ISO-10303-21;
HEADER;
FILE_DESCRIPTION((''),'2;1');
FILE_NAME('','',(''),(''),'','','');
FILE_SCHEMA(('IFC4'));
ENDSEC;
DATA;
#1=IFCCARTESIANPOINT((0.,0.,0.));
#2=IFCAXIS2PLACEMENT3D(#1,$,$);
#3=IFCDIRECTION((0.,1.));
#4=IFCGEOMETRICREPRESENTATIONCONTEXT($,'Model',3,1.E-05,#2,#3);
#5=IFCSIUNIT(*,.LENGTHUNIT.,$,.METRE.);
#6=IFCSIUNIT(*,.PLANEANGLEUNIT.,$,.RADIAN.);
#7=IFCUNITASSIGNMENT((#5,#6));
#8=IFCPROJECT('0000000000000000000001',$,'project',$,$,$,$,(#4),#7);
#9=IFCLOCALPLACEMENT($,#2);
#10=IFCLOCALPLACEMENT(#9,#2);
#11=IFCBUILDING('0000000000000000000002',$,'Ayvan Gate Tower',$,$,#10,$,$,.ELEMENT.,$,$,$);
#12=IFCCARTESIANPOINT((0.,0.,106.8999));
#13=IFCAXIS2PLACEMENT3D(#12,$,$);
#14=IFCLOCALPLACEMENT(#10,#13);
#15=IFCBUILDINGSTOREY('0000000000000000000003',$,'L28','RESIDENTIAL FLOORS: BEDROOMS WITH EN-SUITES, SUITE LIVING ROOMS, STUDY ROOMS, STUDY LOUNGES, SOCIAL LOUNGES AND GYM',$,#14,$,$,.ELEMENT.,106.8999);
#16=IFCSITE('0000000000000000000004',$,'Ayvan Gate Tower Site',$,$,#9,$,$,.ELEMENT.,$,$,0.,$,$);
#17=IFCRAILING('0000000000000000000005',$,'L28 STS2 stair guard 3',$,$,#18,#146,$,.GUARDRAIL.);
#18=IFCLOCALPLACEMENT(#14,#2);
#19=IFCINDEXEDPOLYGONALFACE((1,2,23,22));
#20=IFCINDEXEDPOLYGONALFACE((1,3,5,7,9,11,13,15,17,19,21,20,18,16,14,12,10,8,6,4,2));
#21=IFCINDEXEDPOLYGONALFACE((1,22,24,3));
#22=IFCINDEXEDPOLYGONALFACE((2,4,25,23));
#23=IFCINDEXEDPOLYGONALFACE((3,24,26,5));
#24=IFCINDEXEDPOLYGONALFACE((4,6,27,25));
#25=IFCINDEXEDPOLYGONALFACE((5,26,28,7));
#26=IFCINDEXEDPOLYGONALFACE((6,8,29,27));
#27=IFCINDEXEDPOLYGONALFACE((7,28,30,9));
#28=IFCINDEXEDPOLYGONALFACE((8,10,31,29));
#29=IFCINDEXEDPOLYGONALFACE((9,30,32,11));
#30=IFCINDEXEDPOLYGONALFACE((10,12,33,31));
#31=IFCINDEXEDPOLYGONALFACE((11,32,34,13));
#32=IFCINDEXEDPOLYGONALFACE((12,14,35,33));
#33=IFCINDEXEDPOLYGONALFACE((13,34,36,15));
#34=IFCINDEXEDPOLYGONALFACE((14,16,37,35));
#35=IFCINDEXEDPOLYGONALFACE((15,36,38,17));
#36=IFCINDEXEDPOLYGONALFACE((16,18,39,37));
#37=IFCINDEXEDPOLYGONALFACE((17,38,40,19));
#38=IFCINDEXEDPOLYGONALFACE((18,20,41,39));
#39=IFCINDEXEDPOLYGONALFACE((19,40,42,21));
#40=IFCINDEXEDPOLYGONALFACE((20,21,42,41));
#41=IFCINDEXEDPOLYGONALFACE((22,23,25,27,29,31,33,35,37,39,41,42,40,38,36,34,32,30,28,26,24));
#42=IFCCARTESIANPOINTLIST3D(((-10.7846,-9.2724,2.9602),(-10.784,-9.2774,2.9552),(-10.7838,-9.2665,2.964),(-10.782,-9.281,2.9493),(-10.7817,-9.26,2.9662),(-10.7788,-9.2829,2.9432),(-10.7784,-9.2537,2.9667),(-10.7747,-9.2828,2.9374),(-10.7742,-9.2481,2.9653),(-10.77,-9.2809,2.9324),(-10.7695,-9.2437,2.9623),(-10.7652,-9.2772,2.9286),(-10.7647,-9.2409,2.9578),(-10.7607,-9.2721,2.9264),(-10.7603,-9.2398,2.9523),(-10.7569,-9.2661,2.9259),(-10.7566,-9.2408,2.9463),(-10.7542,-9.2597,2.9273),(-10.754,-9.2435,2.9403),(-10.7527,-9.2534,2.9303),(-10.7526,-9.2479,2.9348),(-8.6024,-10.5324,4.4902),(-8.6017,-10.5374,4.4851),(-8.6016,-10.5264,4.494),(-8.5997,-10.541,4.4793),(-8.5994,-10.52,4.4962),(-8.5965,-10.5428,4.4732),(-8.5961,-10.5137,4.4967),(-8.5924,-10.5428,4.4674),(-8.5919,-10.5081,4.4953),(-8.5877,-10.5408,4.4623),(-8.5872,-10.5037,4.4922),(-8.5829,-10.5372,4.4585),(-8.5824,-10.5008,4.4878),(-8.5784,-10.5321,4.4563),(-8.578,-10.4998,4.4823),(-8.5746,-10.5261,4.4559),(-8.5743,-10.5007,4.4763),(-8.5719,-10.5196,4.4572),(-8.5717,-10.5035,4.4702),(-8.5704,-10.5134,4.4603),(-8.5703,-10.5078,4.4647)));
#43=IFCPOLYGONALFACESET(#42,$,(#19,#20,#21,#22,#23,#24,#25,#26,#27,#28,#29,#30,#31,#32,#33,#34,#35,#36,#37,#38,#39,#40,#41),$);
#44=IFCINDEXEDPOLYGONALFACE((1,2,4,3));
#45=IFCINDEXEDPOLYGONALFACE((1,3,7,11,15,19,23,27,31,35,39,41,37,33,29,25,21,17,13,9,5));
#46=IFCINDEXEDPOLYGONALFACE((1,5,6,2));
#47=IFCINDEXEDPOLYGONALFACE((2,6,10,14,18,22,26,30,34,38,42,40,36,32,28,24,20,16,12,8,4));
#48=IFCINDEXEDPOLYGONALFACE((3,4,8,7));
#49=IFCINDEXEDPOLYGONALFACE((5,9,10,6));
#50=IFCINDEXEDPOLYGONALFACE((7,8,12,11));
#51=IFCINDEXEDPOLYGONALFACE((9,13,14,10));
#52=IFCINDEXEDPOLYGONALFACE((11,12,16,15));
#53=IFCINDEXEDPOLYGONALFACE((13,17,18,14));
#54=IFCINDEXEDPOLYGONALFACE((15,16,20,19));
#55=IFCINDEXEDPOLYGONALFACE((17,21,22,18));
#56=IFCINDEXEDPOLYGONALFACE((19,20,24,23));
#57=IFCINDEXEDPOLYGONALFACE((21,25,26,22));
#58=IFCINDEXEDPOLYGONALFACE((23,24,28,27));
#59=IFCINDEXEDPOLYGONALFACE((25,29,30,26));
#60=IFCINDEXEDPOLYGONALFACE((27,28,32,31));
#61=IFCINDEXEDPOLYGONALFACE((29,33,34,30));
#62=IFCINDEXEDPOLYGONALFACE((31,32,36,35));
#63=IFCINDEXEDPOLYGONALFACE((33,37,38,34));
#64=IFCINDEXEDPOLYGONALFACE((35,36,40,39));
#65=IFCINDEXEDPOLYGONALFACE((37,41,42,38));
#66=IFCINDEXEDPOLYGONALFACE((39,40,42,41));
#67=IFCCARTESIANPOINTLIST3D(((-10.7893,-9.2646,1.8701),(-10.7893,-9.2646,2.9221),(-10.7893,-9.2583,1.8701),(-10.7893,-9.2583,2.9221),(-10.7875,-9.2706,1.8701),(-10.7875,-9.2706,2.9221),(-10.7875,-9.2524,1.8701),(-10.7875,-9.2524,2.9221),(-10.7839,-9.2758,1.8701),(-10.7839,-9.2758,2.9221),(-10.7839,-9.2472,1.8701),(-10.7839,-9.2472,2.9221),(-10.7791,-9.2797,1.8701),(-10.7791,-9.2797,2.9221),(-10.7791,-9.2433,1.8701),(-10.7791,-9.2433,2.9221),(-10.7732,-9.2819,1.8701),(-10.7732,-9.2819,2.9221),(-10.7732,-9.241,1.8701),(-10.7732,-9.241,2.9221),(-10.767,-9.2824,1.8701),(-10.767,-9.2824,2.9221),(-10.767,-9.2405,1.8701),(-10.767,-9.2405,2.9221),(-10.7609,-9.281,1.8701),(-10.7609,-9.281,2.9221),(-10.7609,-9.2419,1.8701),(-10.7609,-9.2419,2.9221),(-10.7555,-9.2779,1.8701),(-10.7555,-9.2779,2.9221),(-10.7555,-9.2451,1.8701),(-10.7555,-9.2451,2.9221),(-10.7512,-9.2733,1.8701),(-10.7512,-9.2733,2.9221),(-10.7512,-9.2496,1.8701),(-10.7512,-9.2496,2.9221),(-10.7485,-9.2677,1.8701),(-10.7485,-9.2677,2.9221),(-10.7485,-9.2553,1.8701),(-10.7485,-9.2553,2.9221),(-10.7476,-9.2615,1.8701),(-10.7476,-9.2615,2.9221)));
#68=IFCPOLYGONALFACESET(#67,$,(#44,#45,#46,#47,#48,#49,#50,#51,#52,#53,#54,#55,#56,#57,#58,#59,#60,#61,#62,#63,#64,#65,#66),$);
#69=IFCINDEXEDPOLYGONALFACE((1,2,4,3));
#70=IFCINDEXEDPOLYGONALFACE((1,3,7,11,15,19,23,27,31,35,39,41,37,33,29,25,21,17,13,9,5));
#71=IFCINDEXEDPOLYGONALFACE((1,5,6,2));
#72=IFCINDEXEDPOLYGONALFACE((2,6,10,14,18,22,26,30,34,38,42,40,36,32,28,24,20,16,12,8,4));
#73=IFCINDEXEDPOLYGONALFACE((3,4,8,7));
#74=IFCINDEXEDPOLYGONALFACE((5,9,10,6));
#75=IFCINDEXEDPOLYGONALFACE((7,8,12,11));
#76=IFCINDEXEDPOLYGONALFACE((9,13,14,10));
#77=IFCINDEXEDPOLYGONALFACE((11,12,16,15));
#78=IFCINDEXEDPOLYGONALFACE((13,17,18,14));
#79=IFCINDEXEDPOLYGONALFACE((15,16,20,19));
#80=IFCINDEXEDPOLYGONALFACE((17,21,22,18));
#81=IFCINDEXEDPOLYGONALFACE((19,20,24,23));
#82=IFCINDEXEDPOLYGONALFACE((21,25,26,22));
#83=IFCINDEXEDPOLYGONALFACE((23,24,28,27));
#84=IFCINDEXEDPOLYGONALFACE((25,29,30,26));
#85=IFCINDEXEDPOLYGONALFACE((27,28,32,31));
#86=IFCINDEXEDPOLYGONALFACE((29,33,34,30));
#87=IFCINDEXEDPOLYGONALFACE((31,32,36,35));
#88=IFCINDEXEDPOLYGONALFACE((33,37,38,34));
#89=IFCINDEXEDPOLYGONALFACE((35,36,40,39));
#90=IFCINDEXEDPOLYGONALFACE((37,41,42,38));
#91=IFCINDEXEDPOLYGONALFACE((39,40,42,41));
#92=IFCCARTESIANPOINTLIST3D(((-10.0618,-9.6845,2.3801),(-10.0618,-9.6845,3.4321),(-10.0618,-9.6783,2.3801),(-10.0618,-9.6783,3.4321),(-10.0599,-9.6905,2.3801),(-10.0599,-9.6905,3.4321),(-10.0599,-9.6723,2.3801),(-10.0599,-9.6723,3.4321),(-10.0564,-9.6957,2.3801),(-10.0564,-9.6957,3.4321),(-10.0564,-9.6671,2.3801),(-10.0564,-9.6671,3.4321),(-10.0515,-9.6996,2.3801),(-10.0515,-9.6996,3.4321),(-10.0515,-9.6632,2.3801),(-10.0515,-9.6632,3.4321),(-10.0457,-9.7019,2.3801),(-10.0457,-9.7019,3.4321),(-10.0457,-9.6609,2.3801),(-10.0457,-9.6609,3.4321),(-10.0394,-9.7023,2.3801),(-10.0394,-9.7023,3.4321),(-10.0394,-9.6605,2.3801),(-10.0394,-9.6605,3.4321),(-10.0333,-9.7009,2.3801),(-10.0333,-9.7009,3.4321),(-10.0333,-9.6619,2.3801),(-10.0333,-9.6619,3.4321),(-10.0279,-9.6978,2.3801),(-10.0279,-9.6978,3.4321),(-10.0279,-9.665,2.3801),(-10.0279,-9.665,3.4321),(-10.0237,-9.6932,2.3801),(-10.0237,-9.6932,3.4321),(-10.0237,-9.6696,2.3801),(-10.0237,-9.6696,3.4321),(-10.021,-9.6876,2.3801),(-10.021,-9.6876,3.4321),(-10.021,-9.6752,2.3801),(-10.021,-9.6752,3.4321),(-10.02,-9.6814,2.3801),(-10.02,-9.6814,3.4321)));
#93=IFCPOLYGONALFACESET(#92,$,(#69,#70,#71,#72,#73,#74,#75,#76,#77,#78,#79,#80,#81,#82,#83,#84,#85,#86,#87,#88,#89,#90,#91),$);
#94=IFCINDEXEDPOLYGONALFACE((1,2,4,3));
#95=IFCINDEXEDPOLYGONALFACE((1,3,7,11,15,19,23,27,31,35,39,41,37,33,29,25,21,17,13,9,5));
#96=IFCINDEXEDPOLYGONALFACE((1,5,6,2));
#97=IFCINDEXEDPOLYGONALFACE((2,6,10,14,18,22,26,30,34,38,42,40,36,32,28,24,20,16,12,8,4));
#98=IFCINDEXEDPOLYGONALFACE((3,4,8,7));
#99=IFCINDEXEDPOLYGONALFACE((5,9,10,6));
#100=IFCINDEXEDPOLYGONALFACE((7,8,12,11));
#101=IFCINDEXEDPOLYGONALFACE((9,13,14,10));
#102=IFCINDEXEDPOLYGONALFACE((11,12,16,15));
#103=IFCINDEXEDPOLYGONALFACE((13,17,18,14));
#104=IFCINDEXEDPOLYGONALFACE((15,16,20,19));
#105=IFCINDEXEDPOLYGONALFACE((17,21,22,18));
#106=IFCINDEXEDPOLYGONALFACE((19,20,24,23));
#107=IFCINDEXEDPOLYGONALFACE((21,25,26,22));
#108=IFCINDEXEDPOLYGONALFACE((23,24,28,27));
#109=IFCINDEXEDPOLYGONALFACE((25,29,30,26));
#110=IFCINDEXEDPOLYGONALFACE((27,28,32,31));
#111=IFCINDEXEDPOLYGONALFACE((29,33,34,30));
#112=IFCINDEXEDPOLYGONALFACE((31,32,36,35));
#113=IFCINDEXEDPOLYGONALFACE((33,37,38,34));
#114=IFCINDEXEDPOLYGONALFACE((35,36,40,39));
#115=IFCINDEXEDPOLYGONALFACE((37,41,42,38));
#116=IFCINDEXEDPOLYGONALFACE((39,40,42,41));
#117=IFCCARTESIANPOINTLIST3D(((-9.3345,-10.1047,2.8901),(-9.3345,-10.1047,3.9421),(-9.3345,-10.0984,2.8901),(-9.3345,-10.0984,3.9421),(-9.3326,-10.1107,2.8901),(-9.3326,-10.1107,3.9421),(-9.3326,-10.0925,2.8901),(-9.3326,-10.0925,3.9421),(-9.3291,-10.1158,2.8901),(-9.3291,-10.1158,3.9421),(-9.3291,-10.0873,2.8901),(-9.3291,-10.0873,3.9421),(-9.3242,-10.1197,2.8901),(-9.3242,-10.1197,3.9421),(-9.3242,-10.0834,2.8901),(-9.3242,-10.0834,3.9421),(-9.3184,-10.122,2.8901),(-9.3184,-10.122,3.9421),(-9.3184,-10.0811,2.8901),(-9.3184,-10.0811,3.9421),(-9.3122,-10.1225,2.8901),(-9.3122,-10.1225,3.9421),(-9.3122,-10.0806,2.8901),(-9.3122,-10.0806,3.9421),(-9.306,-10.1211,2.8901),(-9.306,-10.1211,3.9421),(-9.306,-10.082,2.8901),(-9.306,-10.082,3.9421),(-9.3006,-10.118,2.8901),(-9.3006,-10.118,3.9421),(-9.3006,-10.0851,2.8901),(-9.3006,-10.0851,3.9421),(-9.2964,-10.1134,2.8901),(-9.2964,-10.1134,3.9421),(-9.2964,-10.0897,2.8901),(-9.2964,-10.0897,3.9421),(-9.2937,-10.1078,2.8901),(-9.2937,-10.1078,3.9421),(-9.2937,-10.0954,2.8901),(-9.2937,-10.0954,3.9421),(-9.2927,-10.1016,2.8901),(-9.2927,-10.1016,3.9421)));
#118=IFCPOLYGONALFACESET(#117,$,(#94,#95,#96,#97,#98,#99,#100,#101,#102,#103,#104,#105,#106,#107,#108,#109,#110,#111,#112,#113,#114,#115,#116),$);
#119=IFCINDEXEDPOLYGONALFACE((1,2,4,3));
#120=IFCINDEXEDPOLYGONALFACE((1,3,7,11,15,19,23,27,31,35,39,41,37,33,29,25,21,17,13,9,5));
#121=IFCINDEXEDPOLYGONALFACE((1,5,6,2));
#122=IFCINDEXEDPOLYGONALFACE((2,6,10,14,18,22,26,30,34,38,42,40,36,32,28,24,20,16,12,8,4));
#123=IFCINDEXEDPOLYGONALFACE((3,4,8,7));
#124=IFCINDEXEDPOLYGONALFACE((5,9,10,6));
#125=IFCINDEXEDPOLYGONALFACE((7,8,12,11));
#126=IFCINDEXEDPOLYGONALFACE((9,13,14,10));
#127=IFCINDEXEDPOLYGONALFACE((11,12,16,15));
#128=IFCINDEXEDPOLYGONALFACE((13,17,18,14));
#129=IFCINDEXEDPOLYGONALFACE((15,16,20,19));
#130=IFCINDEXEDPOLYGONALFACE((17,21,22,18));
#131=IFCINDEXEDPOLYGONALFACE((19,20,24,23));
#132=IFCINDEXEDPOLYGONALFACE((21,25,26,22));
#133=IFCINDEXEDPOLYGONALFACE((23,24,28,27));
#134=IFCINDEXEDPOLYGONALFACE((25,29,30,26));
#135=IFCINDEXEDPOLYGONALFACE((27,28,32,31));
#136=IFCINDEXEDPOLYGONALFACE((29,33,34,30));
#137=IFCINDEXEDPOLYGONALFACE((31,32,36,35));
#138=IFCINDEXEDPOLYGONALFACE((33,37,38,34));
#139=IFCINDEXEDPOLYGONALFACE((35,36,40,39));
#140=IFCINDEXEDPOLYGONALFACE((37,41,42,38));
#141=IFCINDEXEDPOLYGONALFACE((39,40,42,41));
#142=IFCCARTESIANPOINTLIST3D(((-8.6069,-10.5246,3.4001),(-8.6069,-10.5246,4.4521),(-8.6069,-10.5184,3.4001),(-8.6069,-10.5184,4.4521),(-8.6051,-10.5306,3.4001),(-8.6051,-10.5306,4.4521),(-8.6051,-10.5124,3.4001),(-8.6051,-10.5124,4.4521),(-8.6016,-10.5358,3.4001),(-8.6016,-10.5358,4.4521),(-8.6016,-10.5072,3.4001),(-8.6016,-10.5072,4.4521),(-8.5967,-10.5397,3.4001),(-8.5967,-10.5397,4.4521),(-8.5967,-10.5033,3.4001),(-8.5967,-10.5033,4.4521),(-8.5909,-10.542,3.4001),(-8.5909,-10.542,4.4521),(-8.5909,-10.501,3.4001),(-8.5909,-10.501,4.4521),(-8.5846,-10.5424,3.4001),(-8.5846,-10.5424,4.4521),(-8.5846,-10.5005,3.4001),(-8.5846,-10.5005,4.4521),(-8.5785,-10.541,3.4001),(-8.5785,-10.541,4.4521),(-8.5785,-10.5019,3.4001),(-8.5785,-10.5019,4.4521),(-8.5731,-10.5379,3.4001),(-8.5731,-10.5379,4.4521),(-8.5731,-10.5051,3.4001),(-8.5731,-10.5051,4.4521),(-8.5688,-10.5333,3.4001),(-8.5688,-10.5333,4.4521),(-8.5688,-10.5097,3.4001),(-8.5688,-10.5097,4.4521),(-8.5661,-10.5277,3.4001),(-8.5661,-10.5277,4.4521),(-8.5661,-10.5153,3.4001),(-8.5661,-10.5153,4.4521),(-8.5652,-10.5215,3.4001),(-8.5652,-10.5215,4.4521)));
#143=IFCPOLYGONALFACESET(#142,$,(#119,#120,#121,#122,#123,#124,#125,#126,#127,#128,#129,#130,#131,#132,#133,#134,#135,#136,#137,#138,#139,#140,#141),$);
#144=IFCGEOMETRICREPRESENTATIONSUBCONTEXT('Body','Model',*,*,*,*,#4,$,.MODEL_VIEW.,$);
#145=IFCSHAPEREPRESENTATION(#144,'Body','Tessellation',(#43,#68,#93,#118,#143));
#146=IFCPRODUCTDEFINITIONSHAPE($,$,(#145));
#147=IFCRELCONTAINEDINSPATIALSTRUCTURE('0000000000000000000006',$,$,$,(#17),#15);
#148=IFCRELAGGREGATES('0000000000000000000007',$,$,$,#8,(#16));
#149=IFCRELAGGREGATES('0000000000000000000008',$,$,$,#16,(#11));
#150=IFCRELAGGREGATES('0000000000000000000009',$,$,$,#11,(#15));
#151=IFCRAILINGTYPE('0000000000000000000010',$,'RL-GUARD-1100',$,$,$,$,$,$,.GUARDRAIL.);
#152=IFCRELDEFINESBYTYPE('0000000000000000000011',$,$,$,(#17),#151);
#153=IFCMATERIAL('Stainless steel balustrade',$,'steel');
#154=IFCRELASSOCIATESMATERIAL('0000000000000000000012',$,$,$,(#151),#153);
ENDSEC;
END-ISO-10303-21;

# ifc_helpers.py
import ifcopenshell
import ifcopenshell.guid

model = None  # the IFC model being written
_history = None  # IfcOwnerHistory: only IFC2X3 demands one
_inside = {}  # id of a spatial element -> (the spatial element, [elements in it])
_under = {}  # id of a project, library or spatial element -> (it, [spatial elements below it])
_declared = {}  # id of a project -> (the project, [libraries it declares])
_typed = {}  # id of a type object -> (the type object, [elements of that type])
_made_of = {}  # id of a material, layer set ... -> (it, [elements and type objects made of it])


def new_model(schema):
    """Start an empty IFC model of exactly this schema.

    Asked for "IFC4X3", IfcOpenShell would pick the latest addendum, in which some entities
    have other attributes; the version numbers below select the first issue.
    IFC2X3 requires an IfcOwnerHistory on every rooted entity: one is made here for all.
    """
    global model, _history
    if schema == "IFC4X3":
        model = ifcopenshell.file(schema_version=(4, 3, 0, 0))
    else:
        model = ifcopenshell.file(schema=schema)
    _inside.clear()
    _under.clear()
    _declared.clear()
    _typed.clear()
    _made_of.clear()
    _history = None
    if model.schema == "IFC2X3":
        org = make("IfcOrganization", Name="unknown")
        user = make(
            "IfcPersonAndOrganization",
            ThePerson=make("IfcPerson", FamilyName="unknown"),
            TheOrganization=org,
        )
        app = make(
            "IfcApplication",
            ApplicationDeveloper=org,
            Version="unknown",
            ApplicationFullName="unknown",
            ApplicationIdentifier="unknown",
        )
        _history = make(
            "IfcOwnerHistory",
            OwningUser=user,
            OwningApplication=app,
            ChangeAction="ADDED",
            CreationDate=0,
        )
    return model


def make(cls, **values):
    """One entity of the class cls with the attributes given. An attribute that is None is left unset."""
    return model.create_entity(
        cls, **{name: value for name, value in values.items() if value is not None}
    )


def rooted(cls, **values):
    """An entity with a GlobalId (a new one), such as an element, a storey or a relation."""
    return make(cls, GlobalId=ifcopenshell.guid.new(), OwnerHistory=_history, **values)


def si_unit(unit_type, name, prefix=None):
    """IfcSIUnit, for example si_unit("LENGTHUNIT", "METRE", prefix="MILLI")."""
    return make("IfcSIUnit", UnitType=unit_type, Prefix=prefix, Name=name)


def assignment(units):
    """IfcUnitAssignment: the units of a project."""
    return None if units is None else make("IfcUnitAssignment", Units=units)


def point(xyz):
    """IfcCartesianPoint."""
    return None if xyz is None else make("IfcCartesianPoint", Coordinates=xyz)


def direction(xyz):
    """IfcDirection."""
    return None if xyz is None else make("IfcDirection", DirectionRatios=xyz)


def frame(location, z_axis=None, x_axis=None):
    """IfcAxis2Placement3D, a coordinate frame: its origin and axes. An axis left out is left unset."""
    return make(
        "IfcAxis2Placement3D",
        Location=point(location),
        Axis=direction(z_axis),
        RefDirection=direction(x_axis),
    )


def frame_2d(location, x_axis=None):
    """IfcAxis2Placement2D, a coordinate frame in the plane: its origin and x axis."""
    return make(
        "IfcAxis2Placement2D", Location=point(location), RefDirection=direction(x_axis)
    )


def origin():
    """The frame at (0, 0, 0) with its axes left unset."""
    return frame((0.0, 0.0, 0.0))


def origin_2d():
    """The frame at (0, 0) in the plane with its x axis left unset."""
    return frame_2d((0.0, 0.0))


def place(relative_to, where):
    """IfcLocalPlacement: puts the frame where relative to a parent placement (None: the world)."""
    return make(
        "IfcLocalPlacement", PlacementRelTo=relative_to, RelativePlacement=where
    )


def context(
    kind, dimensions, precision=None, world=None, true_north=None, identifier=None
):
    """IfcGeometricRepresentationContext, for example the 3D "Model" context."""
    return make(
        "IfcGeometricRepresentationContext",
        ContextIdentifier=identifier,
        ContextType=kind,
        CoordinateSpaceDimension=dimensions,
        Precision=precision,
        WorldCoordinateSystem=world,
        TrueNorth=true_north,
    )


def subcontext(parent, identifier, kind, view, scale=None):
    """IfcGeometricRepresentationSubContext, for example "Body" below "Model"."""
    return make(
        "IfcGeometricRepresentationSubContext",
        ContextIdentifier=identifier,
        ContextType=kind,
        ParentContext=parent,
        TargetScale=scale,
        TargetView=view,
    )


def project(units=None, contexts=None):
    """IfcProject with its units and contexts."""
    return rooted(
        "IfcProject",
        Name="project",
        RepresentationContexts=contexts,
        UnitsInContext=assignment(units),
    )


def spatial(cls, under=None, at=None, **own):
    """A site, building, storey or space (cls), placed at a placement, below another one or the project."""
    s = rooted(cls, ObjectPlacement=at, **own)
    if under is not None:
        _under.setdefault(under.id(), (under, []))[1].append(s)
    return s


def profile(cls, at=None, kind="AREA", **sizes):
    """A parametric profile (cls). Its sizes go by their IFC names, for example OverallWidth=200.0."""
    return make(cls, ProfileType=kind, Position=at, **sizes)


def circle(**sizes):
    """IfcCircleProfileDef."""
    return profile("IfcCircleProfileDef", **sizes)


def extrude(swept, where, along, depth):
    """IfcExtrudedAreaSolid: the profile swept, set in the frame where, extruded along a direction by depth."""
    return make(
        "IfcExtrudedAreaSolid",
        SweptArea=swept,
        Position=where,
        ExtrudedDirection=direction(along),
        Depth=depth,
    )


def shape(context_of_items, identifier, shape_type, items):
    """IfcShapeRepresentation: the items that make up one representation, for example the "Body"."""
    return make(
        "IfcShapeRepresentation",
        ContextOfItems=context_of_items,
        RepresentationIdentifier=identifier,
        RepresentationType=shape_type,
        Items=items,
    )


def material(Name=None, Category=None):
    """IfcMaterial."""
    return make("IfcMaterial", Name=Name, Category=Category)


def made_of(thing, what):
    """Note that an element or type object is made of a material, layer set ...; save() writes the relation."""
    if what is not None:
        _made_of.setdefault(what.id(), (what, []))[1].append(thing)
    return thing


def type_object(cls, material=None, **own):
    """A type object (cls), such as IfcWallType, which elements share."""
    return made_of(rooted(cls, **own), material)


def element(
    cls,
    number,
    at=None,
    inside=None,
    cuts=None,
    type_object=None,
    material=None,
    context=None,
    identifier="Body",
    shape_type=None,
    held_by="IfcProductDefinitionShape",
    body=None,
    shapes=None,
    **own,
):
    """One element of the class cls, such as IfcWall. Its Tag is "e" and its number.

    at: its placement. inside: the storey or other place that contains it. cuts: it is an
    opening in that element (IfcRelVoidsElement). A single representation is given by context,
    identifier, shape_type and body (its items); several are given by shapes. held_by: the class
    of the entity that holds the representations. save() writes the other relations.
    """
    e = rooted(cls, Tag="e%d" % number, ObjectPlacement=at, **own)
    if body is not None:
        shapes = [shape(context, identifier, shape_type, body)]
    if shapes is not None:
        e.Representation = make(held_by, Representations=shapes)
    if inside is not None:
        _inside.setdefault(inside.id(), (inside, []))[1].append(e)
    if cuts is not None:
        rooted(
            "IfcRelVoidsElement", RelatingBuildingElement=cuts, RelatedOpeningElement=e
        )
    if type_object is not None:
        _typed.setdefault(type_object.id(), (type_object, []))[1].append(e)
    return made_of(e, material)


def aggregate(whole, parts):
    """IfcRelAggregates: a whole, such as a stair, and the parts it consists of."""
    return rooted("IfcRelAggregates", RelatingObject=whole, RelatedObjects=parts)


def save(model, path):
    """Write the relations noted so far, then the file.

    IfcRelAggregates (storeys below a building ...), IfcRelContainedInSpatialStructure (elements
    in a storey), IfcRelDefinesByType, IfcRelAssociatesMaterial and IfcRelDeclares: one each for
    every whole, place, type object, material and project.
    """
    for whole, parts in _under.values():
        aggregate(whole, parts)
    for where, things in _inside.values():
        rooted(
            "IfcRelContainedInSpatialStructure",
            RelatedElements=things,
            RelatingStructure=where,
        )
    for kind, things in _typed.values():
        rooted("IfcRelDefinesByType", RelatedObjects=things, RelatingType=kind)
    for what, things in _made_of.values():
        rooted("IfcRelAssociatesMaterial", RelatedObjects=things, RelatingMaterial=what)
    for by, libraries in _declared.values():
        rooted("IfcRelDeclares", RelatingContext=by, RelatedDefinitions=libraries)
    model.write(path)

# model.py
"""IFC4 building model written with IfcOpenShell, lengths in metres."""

from ifc_helpers import new_model, si_unit, direction, frame, origin, origin_2d, place, context, subcontext, project, spatial, circle, extrude, material, type_object, element, save


model = new_model("IFC4")

# Units and contexts
model_context = context("Model", 3, precision=1e-05, world=origin(), true_north=direction((0.0, 1.0)))
body_context = subcontext(model_context, "Body", "Model", "MODEL_VIEW")
ifc_project = project(units=[si_unit("LENGTHUNIT", "METRE"), si_unit("PLANEANGLEUNIT", "RADIAN")], contexts=[model_context])

# Site, building, storey
site_placement = place(None, origin())
site = spatial("IfcSite", under=ifc_project, at=site_placement, Name="Ayvan Gate Tower Site", CompositionType="ELEMENT", RefElevation=0.0)
building_placement = place(site_placement, origin())
building = spatial("IfcBuilding", under=site, at=building_placement, Name="Ayvan Gate Tower", CompositionType="ELEMENT")
storey_placement = place(building_placement, frame((0.0, 0.0, 106.8999)))
storey = spatial("IfcBuildingStorey", under=building, at=storey_placement, Name="L28", Description="RESIDENTIAL FLOORS: BEDROOMS WITH EN-SUITES, SUITE LIVING ROOMS, STUDY ROOMS, STUDY LOUNGES, SOCIAL LOUNGES AND GYM", CompositionType="ELEMENT", Elevation=106.8999)

# Railing
ifc_material_1 = material(Name="Stainless steel balustrade", Category="steel")
railing_type_1 = type_object("IfcRailingType", Name="RL-GUARD-1100", PredefinedType="GUARDRAIL", material=ifc_material_1)
railing_1_placement = place(storey_placement, frame((-10.7686, -9.2615, 1.8701)))
element("IfcRailing", 1, at=railing_1_placement, inside=storey, type_object=railing_type_1, Name="L28 STS2 stair guard 3", PredefinedType="GUARDRAIL", context=body_context, shape_type="SweptSolid", body=[
    extrude(circle(Radius=0.0239, at=origin_2d()), frame((0.0, 0.0, 1.0762), z_axis=(0.740261, -0.427395, 0.518986), x_axis=(0.500005, 0.866023, 0.0)), (0.0, 0.0, 1.0), 2.948),
    extrude(circle(Radius=0.021, at=origin_2d()), origin(), (0.0, 0.0, 1.0), 1.052),
    extrude(circle(Radius=0.021, at=origin_2d()), frame((0.7275, -0.4199, 0.51)), (0.0, 0.0, 1.0), 1.052),
    extrude(circle(Radius=0.021, at=origin_2d()), frame((1.4548, -0.8401, 1.02)), (0.0, 0.0, 1.0), 1.052),
    extrude(circle(Radius=0.021, at=origin_2d()), frame((2.1824, -1.26, 1.53)), (0.0, 0.0, 1.0), 1.052),
])

save(model, "model.ifc")
